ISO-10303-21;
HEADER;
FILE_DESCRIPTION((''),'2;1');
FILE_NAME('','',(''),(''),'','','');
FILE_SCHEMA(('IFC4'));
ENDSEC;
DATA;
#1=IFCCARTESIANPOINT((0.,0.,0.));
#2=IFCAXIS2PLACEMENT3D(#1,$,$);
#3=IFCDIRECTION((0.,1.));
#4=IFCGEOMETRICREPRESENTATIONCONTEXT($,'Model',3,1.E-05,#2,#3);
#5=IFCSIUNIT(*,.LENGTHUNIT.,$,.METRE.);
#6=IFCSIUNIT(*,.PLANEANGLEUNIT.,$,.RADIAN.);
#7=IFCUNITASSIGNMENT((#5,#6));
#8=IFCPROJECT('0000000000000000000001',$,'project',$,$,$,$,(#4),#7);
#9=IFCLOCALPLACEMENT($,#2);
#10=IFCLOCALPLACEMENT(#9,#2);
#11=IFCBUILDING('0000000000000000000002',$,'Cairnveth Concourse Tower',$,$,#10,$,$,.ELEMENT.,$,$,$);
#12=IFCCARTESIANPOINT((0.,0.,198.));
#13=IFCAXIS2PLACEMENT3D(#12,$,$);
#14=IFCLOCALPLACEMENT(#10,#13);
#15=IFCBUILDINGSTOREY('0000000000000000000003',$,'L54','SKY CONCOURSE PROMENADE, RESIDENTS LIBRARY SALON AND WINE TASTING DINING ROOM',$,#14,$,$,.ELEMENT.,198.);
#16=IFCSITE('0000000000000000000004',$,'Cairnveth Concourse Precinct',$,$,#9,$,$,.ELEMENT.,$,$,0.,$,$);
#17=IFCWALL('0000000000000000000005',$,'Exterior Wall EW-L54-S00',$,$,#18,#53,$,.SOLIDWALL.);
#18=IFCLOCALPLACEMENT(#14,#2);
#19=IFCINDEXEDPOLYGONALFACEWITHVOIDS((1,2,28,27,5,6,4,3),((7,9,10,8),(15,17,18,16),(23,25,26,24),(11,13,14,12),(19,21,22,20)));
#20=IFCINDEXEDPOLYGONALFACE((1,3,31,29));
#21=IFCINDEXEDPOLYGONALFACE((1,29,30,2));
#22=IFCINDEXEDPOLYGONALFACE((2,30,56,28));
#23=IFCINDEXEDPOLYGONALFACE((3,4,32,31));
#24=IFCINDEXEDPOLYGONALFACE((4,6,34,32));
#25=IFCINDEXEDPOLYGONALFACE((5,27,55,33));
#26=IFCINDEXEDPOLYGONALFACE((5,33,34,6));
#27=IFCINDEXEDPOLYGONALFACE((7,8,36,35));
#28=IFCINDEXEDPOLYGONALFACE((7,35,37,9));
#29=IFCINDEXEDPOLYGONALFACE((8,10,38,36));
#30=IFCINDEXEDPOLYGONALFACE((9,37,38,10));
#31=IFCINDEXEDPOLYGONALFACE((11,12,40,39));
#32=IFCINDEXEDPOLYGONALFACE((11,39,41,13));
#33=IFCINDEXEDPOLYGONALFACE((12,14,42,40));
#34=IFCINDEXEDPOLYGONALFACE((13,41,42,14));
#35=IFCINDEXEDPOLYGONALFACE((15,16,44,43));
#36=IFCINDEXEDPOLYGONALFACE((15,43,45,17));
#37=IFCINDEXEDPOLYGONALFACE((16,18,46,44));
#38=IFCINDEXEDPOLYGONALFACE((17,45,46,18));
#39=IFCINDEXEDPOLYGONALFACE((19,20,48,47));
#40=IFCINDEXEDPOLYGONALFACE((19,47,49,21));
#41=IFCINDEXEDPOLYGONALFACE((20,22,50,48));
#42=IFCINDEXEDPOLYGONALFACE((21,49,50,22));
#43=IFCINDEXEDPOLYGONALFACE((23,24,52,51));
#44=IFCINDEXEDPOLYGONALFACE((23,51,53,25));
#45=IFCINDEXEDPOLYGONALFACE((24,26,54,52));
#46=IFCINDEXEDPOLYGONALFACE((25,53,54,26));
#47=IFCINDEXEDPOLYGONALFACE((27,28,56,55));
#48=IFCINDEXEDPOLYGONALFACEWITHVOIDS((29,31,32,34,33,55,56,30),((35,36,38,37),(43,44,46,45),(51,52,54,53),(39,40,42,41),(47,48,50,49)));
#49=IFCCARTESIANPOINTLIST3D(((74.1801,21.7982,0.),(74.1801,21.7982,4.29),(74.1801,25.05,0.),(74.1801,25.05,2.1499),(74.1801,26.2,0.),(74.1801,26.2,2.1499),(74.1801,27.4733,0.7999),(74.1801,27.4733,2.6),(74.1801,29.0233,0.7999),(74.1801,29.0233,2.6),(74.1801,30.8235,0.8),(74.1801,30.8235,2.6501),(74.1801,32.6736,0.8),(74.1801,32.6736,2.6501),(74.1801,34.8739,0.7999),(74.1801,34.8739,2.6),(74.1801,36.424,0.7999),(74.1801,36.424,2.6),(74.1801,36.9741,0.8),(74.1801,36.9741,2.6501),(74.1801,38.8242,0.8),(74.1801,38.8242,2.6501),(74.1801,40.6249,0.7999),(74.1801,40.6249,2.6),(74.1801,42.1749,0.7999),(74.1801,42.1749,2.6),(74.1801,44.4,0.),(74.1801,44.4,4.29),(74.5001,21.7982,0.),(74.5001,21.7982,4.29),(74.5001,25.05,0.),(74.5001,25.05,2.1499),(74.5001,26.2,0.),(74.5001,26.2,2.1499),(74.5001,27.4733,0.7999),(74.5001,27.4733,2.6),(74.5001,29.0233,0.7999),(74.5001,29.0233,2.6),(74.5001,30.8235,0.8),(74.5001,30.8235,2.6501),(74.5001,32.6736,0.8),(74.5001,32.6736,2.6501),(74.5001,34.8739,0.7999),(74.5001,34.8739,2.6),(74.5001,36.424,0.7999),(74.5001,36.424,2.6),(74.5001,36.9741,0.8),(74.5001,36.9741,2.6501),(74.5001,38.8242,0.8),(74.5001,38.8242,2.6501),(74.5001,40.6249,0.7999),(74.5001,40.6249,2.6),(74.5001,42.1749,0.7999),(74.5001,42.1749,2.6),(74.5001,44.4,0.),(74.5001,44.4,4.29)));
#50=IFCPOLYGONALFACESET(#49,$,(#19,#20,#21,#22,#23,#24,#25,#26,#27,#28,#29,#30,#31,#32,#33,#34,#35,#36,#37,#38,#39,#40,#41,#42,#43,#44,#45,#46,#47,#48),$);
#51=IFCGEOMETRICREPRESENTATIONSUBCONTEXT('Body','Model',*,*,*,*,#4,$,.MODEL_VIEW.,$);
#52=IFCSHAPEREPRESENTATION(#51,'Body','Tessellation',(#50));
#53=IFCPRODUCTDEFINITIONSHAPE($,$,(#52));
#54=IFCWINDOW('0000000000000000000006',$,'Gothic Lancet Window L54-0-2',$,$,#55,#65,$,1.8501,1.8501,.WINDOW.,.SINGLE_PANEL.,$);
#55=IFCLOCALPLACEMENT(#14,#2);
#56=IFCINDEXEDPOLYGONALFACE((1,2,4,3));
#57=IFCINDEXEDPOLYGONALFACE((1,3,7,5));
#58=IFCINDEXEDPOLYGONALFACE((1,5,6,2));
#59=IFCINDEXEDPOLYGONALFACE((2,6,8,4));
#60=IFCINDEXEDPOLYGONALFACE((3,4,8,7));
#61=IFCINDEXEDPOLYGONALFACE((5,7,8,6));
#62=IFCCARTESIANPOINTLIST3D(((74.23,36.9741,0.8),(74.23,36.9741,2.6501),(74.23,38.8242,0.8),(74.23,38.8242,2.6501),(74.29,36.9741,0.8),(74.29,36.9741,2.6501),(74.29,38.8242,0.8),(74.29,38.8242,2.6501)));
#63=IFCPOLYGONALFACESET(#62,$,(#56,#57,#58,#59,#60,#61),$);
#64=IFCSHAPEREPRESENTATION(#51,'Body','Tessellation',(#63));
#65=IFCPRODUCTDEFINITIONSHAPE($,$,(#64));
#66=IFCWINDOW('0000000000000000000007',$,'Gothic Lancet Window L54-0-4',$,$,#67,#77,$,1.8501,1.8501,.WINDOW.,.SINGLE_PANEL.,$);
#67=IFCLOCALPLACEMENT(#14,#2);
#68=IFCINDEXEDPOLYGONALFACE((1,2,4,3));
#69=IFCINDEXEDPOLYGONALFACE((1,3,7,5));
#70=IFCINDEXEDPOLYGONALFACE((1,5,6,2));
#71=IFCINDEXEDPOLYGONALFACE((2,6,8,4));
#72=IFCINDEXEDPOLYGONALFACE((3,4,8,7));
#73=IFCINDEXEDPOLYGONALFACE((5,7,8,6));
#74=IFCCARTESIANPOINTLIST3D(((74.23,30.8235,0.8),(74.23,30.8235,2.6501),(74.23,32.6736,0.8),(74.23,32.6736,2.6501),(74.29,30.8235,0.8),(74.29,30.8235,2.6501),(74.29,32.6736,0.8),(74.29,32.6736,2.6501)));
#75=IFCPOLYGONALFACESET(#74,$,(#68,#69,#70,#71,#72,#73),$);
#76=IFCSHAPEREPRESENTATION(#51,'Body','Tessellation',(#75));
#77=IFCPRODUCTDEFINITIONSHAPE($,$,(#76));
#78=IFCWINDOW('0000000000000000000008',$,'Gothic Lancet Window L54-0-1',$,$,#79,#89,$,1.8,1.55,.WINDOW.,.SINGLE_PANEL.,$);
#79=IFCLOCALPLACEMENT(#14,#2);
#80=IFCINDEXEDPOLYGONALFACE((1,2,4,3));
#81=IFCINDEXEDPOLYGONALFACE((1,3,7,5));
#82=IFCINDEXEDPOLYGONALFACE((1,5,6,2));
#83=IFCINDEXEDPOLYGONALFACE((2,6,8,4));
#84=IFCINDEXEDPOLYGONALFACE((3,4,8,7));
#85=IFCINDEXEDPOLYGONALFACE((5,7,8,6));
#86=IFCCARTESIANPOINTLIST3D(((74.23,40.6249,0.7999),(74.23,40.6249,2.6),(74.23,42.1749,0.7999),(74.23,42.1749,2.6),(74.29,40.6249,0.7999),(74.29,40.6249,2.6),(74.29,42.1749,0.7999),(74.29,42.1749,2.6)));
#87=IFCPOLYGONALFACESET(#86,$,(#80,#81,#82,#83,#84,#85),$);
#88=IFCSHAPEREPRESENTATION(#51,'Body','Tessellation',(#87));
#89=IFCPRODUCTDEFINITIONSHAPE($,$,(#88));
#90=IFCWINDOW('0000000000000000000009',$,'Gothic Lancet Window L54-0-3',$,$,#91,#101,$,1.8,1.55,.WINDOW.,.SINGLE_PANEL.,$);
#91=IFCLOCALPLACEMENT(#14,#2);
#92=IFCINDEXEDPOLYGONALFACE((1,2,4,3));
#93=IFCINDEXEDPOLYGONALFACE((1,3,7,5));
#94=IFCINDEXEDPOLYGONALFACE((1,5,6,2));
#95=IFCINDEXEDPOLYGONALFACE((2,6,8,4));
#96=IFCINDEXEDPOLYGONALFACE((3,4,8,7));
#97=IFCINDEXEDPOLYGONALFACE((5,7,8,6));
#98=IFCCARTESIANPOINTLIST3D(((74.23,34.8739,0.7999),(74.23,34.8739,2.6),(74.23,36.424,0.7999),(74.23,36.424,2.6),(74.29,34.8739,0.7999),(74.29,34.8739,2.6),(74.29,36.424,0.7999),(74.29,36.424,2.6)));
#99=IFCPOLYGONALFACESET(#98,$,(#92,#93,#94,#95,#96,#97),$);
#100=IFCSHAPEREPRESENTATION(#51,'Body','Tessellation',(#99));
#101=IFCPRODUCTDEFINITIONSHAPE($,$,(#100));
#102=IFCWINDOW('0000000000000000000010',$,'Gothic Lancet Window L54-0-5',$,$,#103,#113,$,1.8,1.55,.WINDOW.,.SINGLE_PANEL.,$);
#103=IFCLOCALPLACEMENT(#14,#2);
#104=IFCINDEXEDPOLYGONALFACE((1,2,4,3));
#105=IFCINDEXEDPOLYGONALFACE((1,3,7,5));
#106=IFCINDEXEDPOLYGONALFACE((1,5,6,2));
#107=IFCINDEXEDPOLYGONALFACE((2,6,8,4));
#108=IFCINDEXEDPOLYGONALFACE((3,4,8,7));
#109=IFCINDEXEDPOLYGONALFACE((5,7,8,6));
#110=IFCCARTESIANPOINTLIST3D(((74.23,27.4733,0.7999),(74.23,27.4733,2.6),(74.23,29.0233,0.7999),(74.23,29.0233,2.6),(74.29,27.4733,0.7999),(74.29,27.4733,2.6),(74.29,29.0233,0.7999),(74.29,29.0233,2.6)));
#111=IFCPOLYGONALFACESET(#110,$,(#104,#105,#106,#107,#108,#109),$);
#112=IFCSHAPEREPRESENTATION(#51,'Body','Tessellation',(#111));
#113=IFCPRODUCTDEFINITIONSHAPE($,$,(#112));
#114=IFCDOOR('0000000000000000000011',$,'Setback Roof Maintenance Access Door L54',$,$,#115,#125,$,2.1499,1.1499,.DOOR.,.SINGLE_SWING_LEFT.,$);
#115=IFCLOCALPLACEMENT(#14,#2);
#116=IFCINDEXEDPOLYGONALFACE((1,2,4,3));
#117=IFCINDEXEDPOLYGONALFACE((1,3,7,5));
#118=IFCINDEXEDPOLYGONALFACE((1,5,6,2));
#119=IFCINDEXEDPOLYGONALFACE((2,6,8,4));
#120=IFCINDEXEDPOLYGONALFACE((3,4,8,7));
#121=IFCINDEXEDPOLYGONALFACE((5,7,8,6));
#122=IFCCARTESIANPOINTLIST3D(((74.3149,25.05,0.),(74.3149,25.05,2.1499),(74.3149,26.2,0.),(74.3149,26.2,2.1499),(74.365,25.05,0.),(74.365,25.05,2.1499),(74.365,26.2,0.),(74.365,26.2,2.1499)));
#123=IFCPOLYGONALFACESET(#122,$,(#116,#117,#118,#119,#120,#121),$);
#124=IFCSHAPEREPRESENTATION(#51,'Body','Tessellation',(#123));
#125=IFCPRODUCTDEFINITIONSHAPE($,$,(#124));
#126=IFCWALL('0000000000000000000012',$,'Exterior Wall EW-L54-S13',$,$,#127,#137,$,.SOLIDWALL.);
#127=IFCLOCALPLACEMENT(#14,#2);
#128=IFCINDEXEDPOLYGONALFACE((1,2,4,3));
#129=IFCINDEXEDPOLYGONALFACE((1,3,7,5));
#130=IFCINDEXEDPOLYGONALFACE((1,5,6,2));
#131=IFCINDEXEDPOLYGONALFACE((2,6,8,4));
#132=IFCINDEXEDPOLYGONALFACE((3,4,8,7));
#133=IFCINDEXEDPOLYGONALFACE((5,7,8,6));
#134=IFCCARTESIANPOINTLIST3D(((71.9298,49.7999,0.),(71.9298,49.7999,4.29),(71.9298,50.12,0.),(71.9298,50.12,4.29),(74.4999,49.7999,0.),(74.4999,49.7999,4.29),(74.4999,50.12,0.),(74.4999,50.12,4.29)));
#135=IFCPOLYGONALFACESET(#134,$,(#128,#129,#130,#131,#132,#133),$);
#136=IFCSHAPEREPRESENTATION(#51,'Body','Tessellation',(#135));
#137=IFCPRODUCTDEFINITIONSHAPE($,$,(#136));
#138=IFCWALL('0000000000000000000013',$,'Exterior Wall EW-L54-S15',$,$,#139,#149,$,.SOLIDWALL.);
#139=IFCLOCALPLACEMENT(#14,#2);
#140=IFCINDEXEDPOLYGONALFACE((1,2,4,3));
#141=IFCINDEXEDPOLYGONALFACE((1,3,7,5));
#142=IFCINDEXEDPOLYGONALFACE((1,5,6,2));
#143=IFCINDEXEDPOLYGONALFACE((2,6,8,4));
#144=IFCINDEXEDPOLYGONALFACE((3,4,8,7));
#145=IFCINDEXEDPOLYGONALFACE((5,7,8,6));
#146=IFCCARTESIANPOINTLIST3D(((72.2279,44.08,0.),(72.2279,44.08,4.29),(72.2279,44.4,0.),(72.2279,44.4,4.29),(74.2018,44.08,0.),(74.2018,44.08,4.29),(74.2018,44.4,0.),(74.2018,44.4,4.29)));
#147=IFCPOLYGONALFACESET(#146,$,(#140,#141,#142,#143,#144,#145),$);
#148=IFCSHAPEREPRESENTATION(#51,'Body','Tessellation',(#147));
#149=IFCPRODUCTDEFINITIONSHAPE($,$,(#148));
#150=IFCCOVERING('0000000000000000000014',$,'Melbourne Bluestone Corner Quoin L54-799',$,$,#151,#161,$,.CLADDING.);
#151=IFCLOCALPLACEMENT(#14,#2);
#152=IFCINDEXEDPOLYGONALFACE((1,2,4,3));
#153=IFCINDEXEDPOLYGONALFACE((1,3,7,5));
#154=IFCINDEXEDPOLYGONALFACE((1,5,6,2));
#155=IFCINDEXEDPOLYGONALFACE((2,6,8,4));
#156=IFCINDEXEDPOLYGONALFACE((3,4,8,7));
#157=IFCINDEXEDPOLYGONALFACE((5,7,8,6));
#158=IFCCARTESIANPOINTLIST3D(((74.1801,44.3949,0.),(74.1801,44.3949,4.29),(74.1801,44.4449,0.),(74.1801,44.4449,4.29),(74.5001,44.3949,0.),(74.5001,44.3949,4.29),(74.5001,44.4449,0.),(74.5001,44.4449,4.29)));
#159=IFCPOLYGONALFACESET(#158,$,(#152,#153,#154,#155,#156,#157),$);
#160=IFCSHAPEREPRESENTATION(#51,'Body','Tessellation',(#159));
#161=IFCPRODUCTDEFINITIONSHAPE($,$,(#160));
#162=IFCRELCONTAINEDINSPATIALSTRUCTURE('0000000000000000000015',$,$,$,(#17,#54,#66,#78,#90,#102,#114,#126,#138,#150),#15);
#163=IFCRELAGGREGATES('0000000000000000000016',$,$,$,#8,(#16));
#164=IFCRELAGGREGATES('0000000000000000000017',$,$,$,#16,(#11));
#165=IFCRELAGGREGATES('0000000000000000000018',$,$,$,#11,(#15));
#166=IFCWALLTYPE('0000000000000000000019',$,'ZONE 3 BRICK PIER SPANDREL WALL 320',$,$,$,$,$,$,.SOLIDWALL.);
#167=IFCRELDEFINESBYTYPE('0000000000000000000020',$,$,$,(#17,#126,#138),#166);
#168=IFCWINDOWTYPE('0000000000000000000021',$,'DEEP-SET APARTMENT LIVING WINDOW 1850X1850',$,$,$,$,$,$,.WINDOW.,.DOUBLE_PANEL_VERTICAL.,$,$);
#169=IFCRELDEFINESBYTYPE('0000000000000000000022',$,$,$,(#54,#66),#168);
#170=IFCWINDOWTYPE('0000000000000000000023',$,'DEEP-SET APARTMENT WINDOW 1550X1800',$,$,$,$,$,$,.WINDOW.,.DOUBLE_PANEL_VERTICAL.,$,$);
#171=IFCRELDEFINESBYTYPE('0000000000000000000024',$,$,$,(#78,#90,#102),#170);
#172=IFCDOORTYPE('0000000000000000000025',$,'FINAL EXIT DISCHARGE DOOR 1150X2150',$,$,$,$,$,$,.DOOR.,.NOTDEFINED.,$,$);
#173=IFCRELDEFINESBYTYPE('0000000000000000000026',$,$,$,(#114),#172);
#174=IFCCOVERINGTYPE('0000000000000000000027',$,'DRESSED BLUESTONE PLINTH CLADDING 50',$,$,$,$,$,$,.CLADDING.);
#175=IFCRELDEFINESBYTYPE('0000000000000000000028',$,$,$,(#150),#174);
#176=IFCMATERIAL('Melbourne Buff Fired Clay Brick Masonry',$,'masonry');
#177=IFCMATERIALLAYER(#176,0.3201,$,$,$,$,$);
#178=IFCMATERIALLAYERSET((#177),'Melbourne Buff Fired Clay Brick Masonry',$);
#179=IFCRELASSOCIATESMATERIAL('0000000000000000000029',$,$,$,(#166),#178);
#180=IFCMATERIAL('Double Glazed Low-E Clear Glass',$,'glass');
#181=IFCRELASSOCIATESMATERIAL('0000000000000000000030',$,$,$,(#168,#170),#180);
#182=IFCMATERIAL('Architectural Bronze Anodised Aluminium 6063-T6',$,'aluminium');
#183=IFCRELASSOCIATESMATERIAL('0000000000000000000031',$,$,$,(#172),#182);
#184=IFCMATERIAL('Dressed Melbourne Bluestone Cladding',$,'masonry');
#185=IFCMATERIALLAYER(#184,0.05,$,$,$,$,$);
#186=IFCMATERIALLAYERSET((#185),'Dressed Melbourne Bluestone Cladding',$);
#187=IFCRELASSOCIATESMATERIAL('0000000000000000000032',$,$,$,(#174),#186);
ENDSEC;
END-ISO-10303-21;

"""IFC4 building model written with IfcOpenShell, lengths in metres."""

from ifc_helpers import new_model, si_unit, direction, frame, frame_2d, origin, place, context, subcontext, project, spatial, rectangle, extrude, material, layer, layer_set, type_object, element, fill, save


model = new_model("IFC4")

# Units and contexts
model_context = context("Model", 3, precision=1e-05, world=origin(), true_north=direction((0.0, 1.0)))
body_context = subcontext(model_context, "Body", "Model", "MODEL_VIEW")
ifc_project = project(units=[si_unit("LENGTHUNIT", "METRE"), si_unit("PLANEANGLEUNIT", "RADIAN")], contexts=[model_context])

# Site, building, storey
site_placement = place(None, origin())
site = spatial("IfcSite", under=ifc_project, at=site_placement, Name="Cairnveth Concourse Precinct", CompositionType="ELEMENT", RefElevation=0.0)
building_placement = place(site_placement, origin())
building = spatial("IfcBuilding", under=site, at=building_placement, Name="Cairnveth Concourse Tower", CompositionType="ELEMENT")
storey_placement = place(building_placement, frame((0.0, 0.0, 198.0)))
storey = spatial("IfcBuildingStorey", under=building, at=storey_placement, Name="L54", Description="SKY CONCOURSE PROMENADE, RESIDENTS LIBRARY SALON AND WINE TASTING DINING ROOM", CompositionType="ELEMENT", Elevation=198.0)

# Shared definitions
ifc_material_1 = material(Name="Dressed Melbourne Bluestone Cladding", Category="masonry")

# Wall, openings, windows, door
ifc_material_2 = material(Name="Melbourne Buff Fired Clay Brick Masonry", Category="masonry")
ifc_layer_1 = layer(ifc_material_2, 0.3201)
ifc_layer_set_1 = layer_set([ifc_layer_1], Name="Melbourne Buff Fired Clay Brick Masonry")
wall_type_1 = type_object("IfcWallType", Name="ZONE 3 BRICK PIER SPANDREL WALL 320", PredefinedType="SOLIDWALL", material=ifc_layer_set_1)
wall_1_placement = place(storey_placement, frame((74.3401, 44.3999, 0.0), z_axis=(0.0, 0.0, 1.0), x_axis=(0.0, -1.0, 0.0)))
wall_1 = element("IfcWall", 1, at=wall_1_placement, inside=storey, type_object=wall_type_1, Name="Exterior Wall EW-L54-S00", PredefinedType="SOLIDWALL", context=body_context, shape_type="SweptSolid", body=[
    extrude(rectangle(XDim=22.6018, YDim=0.3201, at=frame_2d((11.3008, 0.0))), origin(), (0.0, 0.0, 1.0), 4.29),
])
opening_1_placement = place(wall_1_placement, frame((2.2251, 0.0, 0.8)))
opening_1 = element("IfcOpeningElement", 2, at=opening_1_placement, cuts=wall_1, PredefinedType="OPENING", context=body_context, shape_type="SweptSolid", body=[
    extrude(rectangle(XDim=1.55, YDim=1.8, at=frame_2d((0.7749, 0.8999))), frame((0.0, 0.1699, 0.0), z_axis=(0.0, -1.0, 0.0), x_axis=(1.0, 0.0, 0.0)), (0.0, 0.0, 1.0), 0.3401),
])
opening_2_placement = place(wall_1_placement, frame((5.5757, 0.0, 0.8)))
opening_2 = element("IfcOpeningElement", 3, at=opening_2_placement, cuts=wall_1, PredefinedType="OPENING", context=body_context, shape_type="SweptSolid", body=[
    extrude(rectangle(XDim=1.8501, YDim=1.8501, at=frame_2d((0.925, 0.925))), frame((0.0, 0.1699, 0.0), z_axis=(0.0, -1.0, 0.0), x_axis=(1.0, 0.0, 0.0)), (0.0, 0.0, 1.0), 0.3401),
])
opening_3_placement = place(wall_1_placement, frame((7.9761, 0.0, 0.8)))
opening_3 = element("IfcOpeningElement", 4, at=opening_3_placement, cuts=wall_1, PredefinedType="OPENING", context=body_context, shape_type="SweptSolid", body=[
    extrude(rectangle(XDim=1.55, YDim=1.8, at=frame_2d((0.7749, 0.8999))), frame((0.0, 0.1699, 0.0), z_axis=(0.0, -1.0, 0.0), x_axis=(1.0, 0.0, 0.0)), (0.0, 0.0, 1.0), 0.3401),
])
opening_4_placement = place(wall_1_placement, frame((11.7263, 0.0, 0.8)))
opening_4 = element("IfcOpeningElement", 5, at=opening_4_placement, cuts=wall_1, PredefinedType="OPENING", context=body_context, shape_type="SweptSolid", body=[
    extrude(rectangle(XDim=1.8501, YDim=1.8501, at=frame_2d((0.925, 0.925))), frame((0.0, 0.1699, 0.0), z_axis=(0.0, -1.0, 0.0), x_axis=(1.0, 0.0, 0.0)), (0.0, 0.0, 1.0), 0.3401),
])
opening_5_placement = place(wall_1_placement, frame((15.3767, 0.0, 0.8)))
opening_5 = element("IfcOpeningElement", 6, at=opening_5_placement, cuts=wall_1, PredefinedType="OPENING", context=body_context, shape_type="SweptSolid", body=[
    extrude(rectangle(XDim=1.55, YDim=1.8, at=frame_2d((0.7749, 0.8999))), frame((0.0, 0.1699, 0.0), z_axis=(0.0, -1.0, 0.0), x_axis=(1.0, 0.0, 0.0)), (0.0, 0.0, 1.0), 0.3401),
])
opening_6_placement = place(wall_1_placement, frame((18.2, 0.0, 0.0)))
opening_6 = element("IfcOpeningElement", 7, at=opening_6_placement, cuts=wall_1, PredefinedType="OPENING", context=body_context, shape_type="SweptSolid", body=[
    extrude(rectangle(XDim=1.1499, YDim=2.1499, at=frame_2d((0.575, 1.075))), frame((0.0, 0.1699, 0.0), z_axis=(0.0, -1.0, 0.0), x_axis=(1.0, 0.0, 0.0)), (0.0, 0.0, 1.0), 0.3401),
])
ifc_material_3 = material(Name="Double Glazed Low-E Clear Glass", Category="glass")
window_type_1 = type_object("IfcWindowType", Name="DEEP-SET APARTMENT LIVING WINDOW 1850X1850", PartitioningType="DOUBLE_PANEL_VERTICAL", PredefinedType="WINDOW", material=ifc_material_3)
window_1_placement = place(opening_2_placement, origin())
window_1 = element("IfcWindow", 8, at=window_1_placement, inside=storey, type_object=window_type_1, Name="Gothic Lancet Window L54-0-2", OverallHeight=1.8501, OverallWidth=1.8501, PartitioningType="SINGLE_PANEL", PredefinedType="WINDOW", context=body_context, shape_type="SweptSolid", body=[
    extrude(rectangle(XDim=1.8501, YDim=1.8501, at=frame_2d((0.925, 0.925))), frame((0.0, -0.05, 0.0), z_axis=(0.0, -1.0, 0.0), x_axis=(1.0, 0.0, 0.0)), (0.0, 0.0, 1.0), 0.0601),
])
fill(opening_2, window_1)
window_2_placement = place(opening_4_placement, origin())
window_2 = element("IfcWindow", 9, at=window_2_placement, inside=storey, type_object=window_type_1, Name="Gothic Lancet Window L54-0-4", OverallHeight=1.8501, OverallWidth=1.8501, PartitioningType="SINGLE_PANEL", PredefinedType="WINDOW", context=body_context, shape_type="SweptSolid", body=[
    extrude(rectangle(XDim=1.8501, YDim=1.8501, at=frame_2d((0.925, 0.925))), frame((0.0, -0.05, 0.0), z_axis=(0.0, -1.0, 0.0), x_axis=(1.0, 0.0, 0.0)), (0.0, 0.0, 1.0), 0.0601),
])
fill(opening_4, window_2)
window_type_2 = type_object("IfcWindowType", Name="DEEP-SET APARTMENT WINDOW 1550X1800", PartitioningType="DOUBLE_PANEL_VERTICAL", PredefinedType="WINDOW", material=ifc_material_3)
window_3_placement = place(opening_1_placement, origin())
window_3 = element("IfcWindow", 10, at=window_3_placement, inside=storey, type_object=window_type_2, Name="Gothic Lancet Window L54-0-1", OverallHeight=1.8, OverallWidth=1.55, PartitioningType="SINGLE_PANEL", PredefinedType="WINDOW", context=body_context, shape_type="SweptSolid", body=[
    extrude(rectangle(XDim=1.55, YDim=1.8, at=frame_2d((0.7749, 0.8999))), frame((0.0, -0.05, 0.0), z_axis=(0.0, -1.0, 0.0), x_axis=(1.0, 0.0, 0.0)), (0.0, 0.0, 1.0), 0.0601),
])
fill(opening_1, window_3)
window_4_placement = place(opening_3_placement, origin())
window_4 = element("IfcWindow", 11, at=window_4_placement, inside=storey, type_object=window_type_2, Name="Gothic Lancet Window L54-0-3", OverallHeight=1.8, OverallWidth=1.55, PartitioningType="SINGLE_PANEL", PredefinedType="WINDOW", context=body_context, shape_type="SweptSolid", body=[
    extrude(rectangle(XDim=1.55, YDim=1.8, at=frame_2d((0.7749, 0.8999))), frame((0.0, -0.05, 0.0), z_axis=(0.0, -1.0, 0.0), x_axis=(1.0, 0.0, 0.0)), (0.0, 0.0, 1.0), 0.0601),
])
fill(opening_3, window_4)
window_5_placement = place(opening_5_placement, origin())
window_5 = element("IfcWindow", 12, at=window_5_placement, inside=storey, type_object=window_type_2, Name="Gothic Lancet Window L54-0-5", OverallHeight=1.8, OverallWidth=1.55, PartitioningType="SINGLE_PANEL", PredefinedType="WINDOW", context=body_context, shape_type="SweptSolid", body=[
    extrude(rectangle(XDim=1.55, YDim=1.8, at=frame_2d((0.7749, 0.8999))), frame((0.0, -0.05, 0.0), z_axis=(0.0, -1.0, 0.0), x_axis=(1.0, 0.0, 0.0)), (0.0, 0.0, 1.0), 0.0601),
])
fill(opening_5, window_5)
ifc_material_4 = material(Name="Architectural Bronze Anodised Aluminium 6063-T6", Category="aluminium")
door_type_1 = type_object("IfcDoorType", Name="FINAL EXIT DISCHARGE DOOR 1150X2150", OperationType="NOTDEFINED", PredefinedType="DOOR", material=ifc_material_4)
door_1_placement = place(opening_6_placement, origin())
door_1 = element("IfcDoor", 13, at=door_1_placement, inside=storey, type_object=door_type_1, Name="Setback Roof Maintenance Access Door L54", OperationType="SINGLE_SWING_LEFT", OverallHeight=2.1499, OverallWidth=1.1499, PredefinedType="DOOR", context=body_context, shape_type="SweptSolid", body=[
    extrude(rectangle(XDim=1.1499, YDim=2.1499, at=frame_2d((0.575, 1.075))), frame((0.0, 0.0249, 0.0), z_axis=(0.0, -1.0, 0.0), x_axis=(1.0, 0.0, 0.0)), (0.0, 0.0, 1.0), 0.05),
])
fill(opening_6, door_1)

# Wall
wall_2_placement = place(storey_placement, frame((74.5, 49.96, 0.0), z_axis=(0.0, 0.0, 1.0), x_axis=(-1.0, 0.0, 0.0)))
element("IfcWall", 14, at=wall_2_placement, inside=storey, type_object=wall_type_1, Name="Exterior Wall EW-L54-S13", PredefinedType="SOLIDWALL", context=body_context, shape_type="SweptSolid", body=[
    extrude(rectangle(XDim=2.5701, YDim=0.3201, at=frame_2d((1.2852, 0.0))), origin(), (0.0, 0.0, 1.0), 4.29),
])

# Wall
wall_3_placement = place(storey_placement, frame((72.228, 44.24, 0.0), z_axis=(0.0, 0.0, 1.0), x_axis=(1.0, 0.0, 0.0)))
element("IfcWall", 15, at=wall_3_placement, inside=storey, type_object=wall_type_1, Name="Exterior Wall EW-L54-S15", PredefinedType="SOLIDWALL", context=body_context, shape_type="SweptSolid", body=[
    extrude(rectangle(XDim=1.9739, YDim=0.3201, at=frame_2d((0.9868, 0.0))), origin(), (0.0, 0.0, 1.0), 4.29),
])

# Covering
ifc_layer_2 = layer(ifc_material_1, 0.05)
ifc_layer_set_2 = layer_set([ifc_layer_2], Name="Dressed Melbourne Bluestone Cladding")
covering_type = type_object("IfcCoveringType", Name="DRESSED BLUESTONE PLINTH CLADDING 50", PredefinedType="CLADDING", material=ifc_layer_set_2)
for number, where, z_axis, x_axis, name in (
    (16, (74.1799, 44.4199, 0.0), (0.0, 0.0, 1.0), (1.0, 0.0, 0.0), "Melbourne Bluestone Corner Quoin L54-799"),
):
    element("IfcCovering", number, at=place(storey_placement, frame(where, z_axis=z_axis, x_axis=x_axis)), inside=storey, type_object=covering_type, Name=name, PredefinedType="CLADDING", context=body_context, shape_type="SweptSolid", body=[
        extrude(rectangle(XDim=0.3201, YDim=0.05, at=frame_2d((0.1602, 0.0))), origin(), (0.0, 0.0, 1.0), 4.29),
    ])

save(model, "model.ifc")
